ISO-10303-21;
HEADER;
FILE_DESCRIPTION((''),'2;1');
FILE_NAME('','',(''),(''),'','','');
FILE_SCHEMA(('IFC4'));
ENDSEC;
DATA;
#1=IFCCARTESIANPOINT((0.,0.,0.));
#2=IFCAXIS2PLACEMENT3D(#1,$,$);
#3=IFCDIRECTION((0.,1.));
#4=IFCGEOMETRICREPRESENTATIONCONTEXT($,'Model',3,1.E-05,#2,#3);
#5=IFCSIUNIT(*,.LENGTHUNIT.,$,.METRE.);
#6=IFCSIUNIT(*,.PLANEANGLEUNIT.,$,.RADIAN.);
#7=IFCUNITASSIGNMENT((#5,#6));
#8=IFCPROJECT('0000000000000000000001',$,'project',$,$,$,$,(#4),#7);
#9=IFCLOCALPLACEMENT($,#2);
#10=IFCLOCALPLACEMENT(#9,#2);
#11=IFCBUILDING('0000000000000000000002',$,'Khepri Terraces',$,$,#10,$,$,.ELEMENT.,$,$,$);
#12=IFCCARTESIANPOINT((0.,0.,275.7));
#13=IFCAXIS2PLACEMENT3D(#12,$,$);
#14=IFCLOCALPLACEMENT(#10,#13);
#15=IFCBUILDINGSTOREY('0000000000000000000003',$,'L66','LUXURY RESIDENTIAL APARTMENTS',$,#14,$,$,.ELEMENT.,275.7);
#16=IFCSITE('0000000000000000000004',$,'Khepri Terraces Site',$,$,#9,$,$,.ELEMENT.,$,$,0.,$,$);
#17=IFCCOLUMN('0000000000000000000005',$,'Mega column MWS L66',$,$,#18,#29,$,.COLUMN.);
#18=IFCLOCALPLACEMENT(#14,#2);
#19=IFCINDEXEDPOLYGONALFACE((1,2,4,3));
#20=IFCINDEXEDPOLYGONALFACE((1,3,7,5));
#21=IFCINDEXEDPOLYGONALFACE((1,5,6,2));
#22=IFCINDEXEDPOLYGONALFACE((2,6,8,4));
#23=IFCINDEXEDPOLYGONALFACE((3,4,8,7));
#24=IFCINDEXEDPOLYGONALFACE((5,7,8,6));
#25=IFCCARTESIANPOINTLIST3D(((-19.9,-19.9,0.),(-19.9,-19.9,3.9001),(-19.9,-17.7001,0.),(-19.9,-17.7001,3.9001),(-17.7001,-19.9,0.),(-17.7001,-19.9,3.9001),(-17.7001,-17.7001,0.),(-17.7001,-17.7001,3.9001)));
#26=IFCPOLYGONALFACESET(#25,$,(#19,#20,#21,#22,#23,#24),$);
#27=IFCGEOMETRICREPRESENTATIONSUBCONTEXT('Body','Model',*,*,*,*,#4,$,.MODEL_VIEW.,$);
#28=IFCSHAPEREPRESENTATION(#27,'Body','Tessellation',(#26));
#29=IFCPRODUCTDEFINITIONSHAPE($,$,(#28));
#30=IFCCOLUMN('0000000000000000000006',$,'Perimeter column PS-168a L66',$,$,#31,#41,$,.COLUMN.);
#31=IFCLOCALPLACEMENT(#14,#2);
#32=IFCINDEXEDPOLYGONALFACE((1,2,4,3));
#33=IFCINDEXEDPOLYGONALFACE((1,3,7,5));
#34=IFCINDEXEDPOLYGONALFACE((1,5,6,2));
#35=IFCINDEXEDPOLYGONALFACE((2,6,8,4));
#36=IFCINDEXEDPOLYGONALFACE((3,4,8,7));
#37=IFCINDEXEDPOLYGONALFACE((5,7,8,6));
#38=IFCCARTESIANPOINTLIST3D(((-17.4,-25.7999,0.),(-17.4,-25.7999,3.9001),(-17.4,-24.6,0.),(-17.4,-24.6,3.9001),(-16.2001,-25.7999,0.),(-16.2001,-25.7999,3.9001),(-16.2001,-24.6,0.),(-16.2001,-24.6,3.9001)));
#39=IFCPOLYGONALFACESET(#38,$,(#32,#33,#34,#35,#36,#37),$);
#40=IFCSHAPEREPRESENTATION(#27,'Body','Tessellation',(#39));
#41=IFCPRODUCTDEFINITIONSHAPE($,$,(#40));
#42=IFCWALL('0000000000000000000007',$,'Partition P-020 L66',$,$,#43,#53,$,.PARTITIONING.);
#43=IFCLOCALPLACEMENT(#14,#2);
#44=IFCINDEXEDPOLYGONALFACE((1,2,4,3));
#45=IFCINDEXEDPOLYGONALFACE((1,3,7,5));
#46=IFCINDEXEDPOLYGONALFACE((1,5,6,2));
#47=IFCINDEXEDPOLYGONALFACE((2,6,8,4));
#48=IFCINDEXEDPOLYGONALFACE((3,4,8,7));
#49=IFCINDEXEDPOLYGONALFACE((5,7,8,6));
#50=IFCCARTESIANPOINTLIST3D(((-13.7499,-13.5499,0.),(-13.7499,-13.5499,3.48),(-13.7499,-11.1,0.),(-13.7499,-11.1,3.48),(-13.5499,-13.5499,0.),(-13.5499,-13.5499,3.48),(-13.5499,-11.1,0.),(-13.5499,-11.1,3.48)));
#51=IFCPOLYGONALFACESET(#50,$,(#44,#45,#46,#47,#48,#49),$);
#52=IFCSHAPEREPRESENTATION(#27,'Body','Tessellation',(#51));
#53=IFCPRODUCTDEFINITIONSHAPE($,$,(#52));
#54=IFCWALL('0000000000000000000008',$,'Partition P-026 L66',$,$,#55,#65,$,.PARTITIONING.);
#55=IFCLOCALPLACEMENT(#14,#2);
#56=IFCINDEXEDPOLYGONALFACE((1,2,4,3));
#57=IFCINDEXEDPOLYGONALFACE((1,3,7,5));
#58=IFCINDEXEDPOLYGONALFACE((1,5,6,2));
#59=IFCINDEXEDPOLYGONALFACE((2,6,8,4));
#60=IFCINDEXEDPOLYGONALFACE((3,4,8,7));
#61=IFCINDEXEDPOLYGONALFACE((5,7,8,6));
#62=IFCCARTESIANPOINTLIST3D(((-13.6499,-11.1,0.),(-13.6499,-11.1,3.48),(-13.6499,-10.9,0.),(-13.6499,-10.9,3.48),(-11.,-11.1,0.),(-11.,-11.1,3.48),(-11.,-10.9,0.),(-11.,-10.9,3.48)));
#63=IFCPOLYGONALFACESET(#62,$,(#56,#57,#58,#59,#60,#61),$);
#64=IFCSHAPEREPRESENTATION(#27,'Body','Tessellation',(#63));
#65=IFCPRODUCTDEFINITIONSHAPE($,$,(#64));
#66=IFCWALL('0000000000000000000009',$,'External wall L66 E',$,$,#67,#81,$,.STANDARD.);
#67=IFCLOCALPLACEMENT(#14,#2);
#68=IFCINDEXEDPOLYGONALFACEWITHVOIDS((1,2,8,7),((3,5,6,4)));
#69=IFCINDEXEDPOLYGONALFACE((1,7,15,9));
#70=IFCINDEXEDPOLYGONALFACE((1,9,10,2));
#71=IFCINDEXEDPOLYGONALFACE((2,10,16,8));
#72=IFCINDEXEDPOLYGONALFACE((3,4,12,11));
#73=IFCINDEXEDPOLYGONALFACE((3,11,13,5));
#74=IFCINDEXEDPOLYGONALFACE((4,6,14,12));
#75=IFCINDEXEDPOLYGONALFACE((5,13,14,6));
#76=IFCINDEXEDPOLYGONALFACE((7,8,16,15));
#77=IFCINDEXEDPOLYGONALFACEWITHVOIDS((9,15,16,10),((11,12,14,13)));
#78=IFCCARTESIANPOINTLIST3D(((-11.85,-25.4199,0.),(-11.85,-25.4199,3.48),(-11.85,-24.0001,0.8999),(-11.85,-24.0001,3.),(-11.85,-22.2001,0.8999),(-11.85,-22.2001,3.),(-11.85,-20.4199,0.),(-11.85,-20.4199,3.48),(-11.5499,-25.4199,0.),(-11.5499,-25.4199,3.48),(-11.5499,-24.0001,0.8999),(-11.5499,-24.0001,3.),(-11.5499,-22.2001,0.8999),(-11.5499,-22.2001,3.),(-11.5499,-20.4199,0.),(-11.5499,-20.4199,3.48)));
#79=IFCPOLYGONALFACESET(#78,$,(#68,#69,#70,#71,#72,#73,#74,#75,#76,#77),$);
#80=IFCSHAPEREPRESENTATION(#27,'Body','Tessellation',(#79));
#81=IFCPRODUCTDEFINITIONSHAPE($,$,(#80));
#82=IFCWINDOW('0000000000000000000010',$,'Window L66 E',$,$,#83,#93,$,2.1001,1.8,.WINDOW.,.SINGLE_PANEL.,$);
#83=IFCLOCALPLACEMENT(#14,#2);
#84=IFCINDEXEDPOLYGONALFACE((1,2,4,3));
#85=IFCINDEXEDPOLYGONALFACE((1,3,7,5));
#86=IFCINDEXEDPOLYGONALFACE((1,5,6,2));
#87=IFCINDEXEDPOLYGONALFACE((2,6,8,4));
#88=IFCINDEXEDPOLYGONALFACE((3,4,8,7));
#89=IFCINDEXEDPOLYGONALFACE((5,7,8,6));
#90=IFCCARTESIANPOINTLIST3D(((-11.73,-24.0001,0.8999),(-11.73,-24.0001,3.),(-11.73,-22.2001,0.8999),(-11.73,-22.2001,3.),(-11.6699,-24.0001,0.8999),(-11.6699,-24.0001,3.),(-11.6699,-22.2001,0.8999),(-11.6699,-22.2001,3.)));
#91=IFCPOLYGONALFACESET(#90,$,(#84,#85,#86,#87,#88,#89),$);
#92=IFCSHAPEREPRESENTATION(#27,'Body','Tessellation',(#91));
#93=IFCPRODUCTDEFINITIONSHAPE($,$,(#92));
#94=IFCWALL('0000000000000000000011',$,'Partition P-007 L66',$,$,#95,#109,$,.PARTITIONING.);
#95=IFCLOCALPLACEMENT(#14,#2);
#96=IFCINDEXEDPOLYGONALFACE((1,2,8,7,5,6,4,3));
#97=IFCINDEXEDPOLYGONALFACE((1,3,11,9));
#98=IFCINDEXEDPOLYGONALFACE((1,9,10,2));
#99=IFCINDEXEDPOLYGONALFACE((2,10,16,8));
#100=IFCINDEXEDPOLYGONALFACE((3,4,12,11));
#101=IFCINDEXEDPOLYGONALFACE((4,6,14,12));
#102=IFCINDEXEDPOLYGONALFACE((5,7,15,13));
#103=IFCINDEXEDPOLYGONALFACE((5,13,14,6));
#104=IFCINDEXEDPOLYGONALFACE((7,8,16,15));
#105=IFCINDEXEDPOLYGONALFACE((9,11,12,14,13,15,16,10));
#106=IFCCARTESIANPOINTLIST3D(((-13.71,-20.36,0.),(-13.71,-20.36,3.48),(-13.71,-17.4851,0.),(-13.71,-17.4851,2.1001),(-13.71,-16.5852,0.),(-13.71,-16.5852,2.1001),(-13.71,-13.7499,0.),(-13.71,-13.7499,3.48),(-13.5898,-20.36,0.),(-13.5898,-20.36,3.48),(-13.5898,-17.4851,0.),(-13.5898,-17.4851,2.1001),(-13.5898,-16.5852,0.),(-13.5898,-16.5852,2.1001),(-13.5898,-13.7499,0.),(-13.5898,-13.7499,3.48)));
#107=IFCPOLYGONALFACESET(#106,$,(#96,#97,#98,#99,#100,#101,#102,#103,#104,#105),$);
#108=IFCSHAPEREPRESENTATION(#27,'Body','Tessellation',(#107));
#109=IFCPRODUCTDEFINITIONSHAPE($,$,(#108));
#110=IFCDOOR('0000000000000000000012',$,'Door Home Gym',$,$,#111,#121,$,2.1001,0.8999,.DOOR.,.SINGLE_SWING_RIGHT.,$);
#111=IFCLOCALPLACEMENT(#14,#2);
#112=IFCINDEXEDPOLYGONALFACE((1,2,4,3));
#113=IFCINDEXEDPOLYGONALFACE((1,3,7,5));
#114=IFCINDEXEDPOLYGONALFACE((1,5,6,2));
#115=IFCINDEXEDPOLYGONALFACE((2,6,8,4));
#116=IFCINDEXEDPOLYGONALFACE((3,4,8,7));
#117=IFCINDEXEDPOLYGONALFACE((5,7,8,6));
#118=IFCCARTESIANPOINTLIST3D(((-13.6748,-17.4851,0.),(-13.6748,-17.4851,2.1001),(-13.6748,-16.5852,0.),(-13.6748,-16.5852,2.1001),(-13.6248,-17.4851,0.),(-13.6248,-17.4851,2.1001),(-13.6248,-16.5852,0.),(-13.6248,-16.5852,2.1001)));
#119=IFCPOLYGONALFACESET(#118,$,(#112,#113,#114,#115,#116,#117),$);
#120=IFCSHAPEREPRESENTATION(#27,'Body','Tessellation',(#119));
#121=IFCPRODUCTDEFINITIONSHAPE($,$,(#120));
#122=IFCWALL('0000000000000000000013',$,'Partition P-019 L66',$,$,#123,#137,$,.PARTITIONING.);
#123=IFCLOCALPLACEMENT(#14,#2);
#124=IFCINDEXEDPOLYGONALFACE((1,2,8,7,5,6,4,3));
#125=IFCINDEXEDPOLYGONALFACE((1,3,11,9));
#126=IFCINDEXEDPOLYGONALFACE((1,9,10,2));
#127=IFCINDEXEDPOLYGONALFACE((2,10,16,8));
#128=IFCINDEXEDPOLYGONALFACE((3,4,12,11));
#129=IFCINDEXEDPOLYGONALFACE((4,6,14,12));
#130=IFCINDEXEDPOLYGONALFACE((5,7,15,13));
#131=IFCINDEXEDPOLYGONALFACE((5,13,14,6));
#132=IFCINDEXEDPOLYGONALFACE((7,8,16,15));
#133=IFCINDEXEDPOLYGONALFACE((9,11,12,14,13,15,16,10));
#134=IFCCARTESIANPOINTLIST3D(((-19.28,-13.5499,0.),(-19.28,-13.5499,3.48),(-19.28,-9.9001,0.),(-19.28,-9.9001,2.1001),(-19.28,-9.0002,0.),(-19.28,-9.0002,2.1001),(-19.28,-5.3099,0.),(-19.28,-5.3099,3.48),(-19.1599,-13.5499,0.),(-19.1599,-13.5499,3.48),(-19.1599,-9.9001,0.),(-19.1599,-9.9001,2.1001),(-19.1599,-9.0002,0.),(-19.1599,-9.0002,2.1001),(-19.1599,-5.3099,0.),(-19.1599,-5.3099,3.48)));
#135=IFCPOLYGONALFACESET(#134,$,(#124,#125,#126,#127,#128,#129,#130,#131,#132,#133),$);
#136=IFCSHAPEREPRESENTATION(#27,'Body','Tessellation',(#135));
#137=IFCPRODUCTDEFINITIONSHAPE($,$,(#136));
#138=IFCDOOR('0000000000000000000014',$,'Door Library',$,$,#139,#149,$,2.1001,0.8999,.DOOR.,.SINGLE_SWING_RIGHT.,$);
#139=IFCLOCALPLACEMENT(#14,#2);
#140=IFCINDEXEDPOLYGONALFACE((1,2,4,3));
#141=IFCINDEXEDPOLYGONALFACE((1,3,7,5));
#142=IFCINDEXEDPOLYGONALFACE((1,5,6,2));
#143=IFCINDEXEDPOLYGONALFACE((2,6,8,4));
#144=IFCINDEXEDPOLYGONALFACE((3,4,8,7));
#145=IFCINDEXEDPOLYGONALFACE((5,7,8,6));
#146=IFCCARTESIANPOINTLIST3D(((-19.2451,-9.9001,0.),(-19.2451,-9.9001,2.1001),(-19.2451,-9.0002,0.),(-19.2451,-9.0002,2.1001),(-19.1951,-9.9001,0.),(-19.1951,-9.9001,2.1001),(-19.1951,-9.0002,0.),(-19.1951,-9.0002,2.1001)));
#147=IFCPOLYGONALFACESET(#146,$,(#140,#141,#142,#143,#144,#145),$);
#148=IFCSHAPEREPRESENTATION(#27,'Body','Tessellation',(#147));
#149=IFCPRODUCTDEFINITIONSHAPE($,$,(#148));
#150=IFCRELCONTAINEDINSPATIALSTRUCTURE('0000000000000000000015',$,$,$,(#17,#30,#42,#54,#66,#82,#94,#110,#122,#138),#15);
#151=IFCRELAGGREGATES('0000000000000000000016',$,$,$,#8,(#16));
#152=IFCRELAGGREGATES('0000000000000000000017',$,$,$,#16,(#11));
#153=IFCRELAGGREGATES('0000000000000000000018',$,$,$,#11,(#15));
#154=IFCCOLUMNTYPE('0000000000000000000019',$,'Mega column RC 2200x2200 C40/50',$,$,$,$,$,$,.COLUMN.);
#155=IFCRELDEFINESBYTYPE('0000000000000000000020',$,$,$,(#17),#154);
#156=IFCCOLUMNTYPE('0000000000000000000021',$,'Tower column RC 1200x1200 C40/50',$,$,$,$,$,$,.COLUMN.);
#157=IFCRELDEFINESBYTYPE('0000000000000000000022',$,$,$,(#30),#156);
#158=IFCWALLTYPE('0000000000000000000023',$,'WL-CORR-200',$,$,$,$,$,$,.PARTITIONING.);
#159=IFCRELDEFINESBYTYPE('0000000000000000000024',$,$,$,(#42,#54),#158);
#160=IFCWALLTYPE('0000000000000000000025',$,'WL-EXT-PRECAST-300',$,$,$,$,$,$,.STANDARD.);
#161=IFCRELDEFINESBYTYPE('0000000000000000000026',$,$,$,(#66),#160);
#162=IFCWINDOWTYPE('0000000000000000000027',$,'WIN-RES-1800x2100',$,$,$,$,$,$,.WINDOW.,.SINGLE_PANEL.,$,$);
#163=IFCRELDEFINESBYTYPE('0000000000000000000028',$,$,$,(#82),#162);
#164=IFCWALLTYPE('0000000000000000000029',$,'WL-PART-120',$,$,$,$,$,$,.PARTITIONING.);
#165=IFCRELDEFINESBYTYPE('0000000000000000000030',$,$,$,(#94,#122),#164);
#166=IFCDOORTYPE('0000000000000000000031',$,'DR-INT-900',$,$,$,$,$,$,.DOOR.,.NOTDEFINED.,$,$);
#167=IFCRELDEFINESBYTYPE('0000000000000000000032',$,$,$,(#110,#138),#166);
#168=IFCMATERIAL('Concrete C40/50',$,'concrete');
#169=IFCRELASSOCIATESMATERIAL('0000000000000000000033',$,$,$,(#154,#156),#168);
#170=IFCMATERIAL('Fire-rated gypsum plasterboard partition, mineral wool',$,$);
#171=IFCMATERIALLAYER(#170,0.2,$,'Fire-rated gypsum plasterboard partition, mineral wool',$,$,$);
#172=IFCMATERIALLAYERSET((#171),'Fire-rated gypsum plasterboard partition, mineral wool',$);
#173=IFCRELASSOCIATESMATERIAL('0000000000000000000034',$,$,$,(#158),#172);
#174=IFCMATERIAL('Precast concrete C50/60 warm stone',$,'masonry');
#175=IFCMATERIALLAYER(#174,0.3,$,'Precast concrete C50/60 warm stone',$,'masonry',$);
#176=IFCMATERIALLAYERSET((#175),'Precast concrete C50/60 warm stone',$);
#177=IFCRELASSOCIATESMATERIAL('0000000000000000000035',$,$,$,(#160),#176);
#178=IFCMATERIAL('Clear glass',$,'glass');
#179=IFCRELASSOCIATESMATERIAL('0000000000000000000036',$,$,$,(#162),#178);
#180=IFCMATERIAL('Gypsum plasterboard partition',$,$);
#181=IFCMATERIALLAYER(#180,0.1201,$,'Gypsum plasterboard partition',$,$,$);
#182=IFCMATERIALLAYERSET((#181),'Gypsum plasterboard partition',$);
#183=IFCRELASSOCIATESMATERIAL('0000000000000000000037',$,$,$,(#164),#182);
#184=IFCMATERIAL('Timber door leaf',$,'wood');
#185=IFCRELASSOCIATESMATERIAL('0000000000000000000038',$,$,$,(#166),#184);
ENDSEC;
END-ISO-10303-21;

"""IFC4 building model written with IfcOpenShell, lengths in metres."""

from ifc_helpers import new_model, si_unit, direction, frame, frame_2d, origin, origin_2d, place, context, subcontext, project, spatial, rectangle, extrude, material, layer, layer_set, material_profile, profile_set, type_object, element, fill, save


model = new_model("IFC4")

# Units and contexts
model_context = context("Model", 3, precision=1e-05, world=origin(), true_north=direction((0.0, 1.0)))
body_context = subcontext(model_context, "Body", "Model", "MODEL_VIEW")
ifc_project = project(units=[si_unit("LENGTHUNIT", "METRE"), si_unit("PLANEANGLEUNIT", "RADIAN")], contexts=[model_context])

# Site, building, storey
site_placement = place(None, origin())
site = spatial("IfcSite", under=ifc_project, at=site_placement, Name="Khepri Terraces Site", CompositionType="ELEMENT", RefElevation=0.0)
building_placement = place(site_placement, origin())
building = spatial("IfcBuilding", under=site, at=building_placement, Name="Khepri Terraces", CompositionType="ELEMENT")
storey_placement = place(building_placement, frame((0.0, 0.0, 275.7)))
storey = spatial("IfcBuildingStorey", under=building, at=storey_placement, Name="L66", Description="LUXURY RESIDENTIAL APARTMENTS", CompositionType="ELEMENT", Elevation=275.7)

# Columns
ifc_material_1 = material(Name="Concrete C40/50", Category="concrete")
ifc_material_profile_1 = material_profile(ifc_material_1, rectangle(XDim=2.2, YDim=2.2, at=origin_2d()), Name="Concrete C40/50", Category="concrete")
ifc_profile_set_1 = profile_set([ifc_material_profile_1], Name="Concrete C40/50")
column_type_1 = type_object("IfcColumnType", Name="Mega column RC 2200x2200 C40/50", PredefinedType="COLUMN", material=ifc_profile_set_1)
column_1_placement = place(storey_placement, frame((-18.8, -18.8, 0.0), z_axis=(0.0, 0.0, 1.0), x_axis=(1.0, 0.0, 0.0)))
element("IfcColumn", 1, at=column_1_placement, inside=storey, type_object=column_type_1, Name="Mega column MWS L66", PredefinedType="COLUMN", context=body_context, shape_type="SweptSolid", body=[
    extrude(rectangle(XDim=2.2, YDim=2.2, at=origin_2d()), origin(), (0.0, 0.0, 1.0), 3.9001),
])
ifc_material_profile_2 = material_profile(ifc_material_1, rectangle(XDim=1.2, YDim=1.2, at=origin_2d()), Name="Concrete C40/50", Category="concrete")
ifc_profile_set_2 = profile_set([ifc_material_profile_2], Name="Concrete C40/50")
column_type_2 = type_object("IfcColumnType", Name="Tower column RC 1200x1200 C40/50", PredefinedType="COLUMN", material=ifc_profile_set_2)
column_2_placement = place(storey_placement, frame((-16.8, -25.2, 0.0), z_axis=(0.0, 0.0, 1.0), x_axis=(1.0, 0.0, 0.0)))
element("IfcColumn", 2, at=column_2_placement, inside=storey, type_object=column_type_2, Name="Perimeter column PS-168a L66", PredefinedType="COLUMN", context=body_context, shape_type="SweptSolid", body=[
    extrude(rectangle(XDim=1.2, YDim=1.2, at=origin_2d()), origin(), (0.0, 0.0, 1.0), 3.9001),
])

# Walls
ifc_material_2 = material(Name="Fire-rated gypsum plasterboard partition, mineral wool")
ifc_layer_1 = layer(ifc_material_2, 0.2, Name="Fire-rated gypsum plasterboard partition, mineral wool")
ifc_layer_set_1 = layer_set([ifc_layer_1], Name="Fire-rated gypsum plasterboard partition, mineral wool")
wall_type_1 = type_object("IfcWallType", Name="WL-CORR-200", PredefinedType="PARTITIONING", material=ifc_layer_set_1)
wall_1_placement = place(storey_placement, frame((-13.6499, -13.55, 0.0), z_axis=(0.0, 0.0, 1.0), x_axis=(0.0, 1.0, 0.0)))
element("IfcWall", 3, at=wall_1_placement, inside=storey, type_object=wall_type_1, Name="Partition P-020 L66", PredefinedType="PARTITIONING", context=body_context, shape_type="SweptSolid", body=[
    extrude(rectangle(XDim=2.45, YDim=0.2, at=frame_2d((1.2251, 0.0))), origin(), (0.0, 0.0, 1.0), 3.48),
])
wall_2_placement = place(storey_placement, frame((-13.6499, -11.0, 0.0), z_axis=(0.0, 0.0, 1.0), x_axis=(1.0, 0.0, 0.0)))
element("IfcWall", 4, at=wall_2_placement, inside=storey, type_object=wall_type_1, Name="Partition P-026 L66", PredefinedType="PARTITIONING", context=body_context, shape_type="SweptSolid", body=[
    extrude(rectangle(XDim=2.6499, YDim=0.2, at=frame_2d((1.325, 0.0))), origin(), (0.0, 0.0, 1.0), 3.48),
])

# Shared definitions
ifc_material_3 = material(Name="Precast concrete C50/60 warm stone", Category="masonry")
ifc_layer_2 = layer(ifc_material_3, 0.3, Name="Precast concrete C50/60 warm stone", Category="masonry")
ifc_layer_set_2 = layer_set([ifc_layer_2], Name="Precast concrete C50/60 warm stone")
wall_type_2 = type_object("IfcWallType", Name="WL-EXT-PRECAST-300", PredefinedType="STANDARD", material=ifc_layer_set_2)

# Wall, opening, window
wall_3_placement = place(storey_placement, frame((-11.7, -25.4199, 0.0), z_axis=(0.0, 0.0, 1.0), x_axis=(0.0, 1.0, 0.0)))
wall_3 = element("IfcWall", 5, at=wall_3_placement, inside=storey, type_object=wall_type_2, Name="External wall L66 E", PredefinedType="STANDARD", context=body_context, shape_type="SweptSolid", body=[
    extrude(rectangle(XDim=5.0, YDim=0.3, at=frame_2d((2.5, 0.0))), origin(), (0.0, 0.0, 1.0), 3.48),
])
opening_1_placement = place(wall_3_placement, frame((1.4199, 0.0, 0.8999)))
opening_1 = element("IfcOpeningElement", 6, at=opening_1_placement, cuts=wall_3, PredefinedType="OPENING", context=body_context, shape_type="SweptSolid", body=[
    extrude(rectangle(XDim=1.8, YDim=2.1001, at=frame_2d((0.8999, 1.05))), frame((0.0, 0.1602, 0.0), z_axis=(0.0, -1.0, 0.0), x_axis=(1.0, 0.0, 0.0)), (0.0, 0.0, 1.0), 0.3201),
])
ifc_material_4 = material(Name="Clear glass", Category="glass")
window_type = type_object("IfcWindowType", Name="WIN-RES-1800x2100", PartitioningType="SINGLE_PANEL", PredefinedType="WINDOW", material=ifc_material_4)
window_placement = place(opening_1_placement, origin())
window = element("IfcWindow", 7, at=window_placement, inside=storey, type_object=window_type, Name="Window L66 E", OverallHeight=2.1001, OverallWidth=1.8, PartitioningType="SINGLE_PANEL", PredefinedType="WINDOW", context=body_context, shape_type="SweptSolid", body=[
    extrude(rectangle(XDim=1.8, YDim=2.1001, at=frame_2d((0.8999, 1.05))), frame((0.0, 0.03, 0.0), z_axis=(0.0, -1.0, 0.0), x_axis=(1.0, 0.0, 0.0)), (0.0, 0.0, 1.0), 0.0601),
])
fill(opening_1, window)

# Walls, openings, doors
ifc_material_5 = material(Name="Gypsum plasterboard partition")
ifc_layer_3 = layer(ifc_material_5, 0.1201, Name="Gypsum plasterboard partition")
ifc_layer_set_3 = layer_set([ifc_layer_3], Name="Gypsum plasterboard partition")
wall_type_3 = type_object("IfcWallType", Name="WL-PART-120", PredefinedType="PARTITIONING", material=ifc_layer_set_3)
wall_4_placement = place(storey_placement, frame((-13.6499, -20.3601, 0.0), z_axis=(0.0, 0.0, 1.0), x_axis=(0.0, 1.0, 0.0)))
wall_4 = element("IfcWall", 8, at=wall_4_placement, inside=storey, type_object=wall_type_3, Name="Partition P-007 L66", PredefinedType="PARTITIONING", context=body_context, shape_type="SweptSolid", body=[
    extrude(rectangle(XDim=6.6101, YDim=0.1201, at=frame_2d((3.3052, 0.0))), origin(), (0.0, 0.0, 1.0), 3.48),
])
opening_2_placement = place(wall_4_placement, frame((2.875, 0.0, 0.0)))
opening_2 = element("IfcOpeningElement", 9, at=opening_2_placement, cuts=wall_4, PredefinedType="OPENING", context=body_context, shape_type="SweptSolid", body=[
    extrude(rectangle(XDim=0.8999, YDim=2.1001, at=frame_2d((0.45, 1.05))), frame((0.0, 0.0701, 0.0), z_axis=(0.0, -1.0, 0.0), x_axis=(1.0, 0.0, 0.0)), (0.0, 0.0, 1.0), 0.1401),
])
ifc_material_6 = material(Name="Timber door leaf", Category="wood")
door_type_1 = type_object("IfcDoorType", Name="DR-INT-900", OperationType="NOTDEFINED", PredefinedType="DOOR", material=ifc_material_6)
door_1_placement = place(opening_2_placement, origin())
door_1 = element("IfcDoor", 10, at=door_1_placement, inside=storey, type_object=door_type_1, Name="Door Home Gym", OperationType="SINGLE_SWING_RIGHT", OverallHeight=2.1001, OverallWidth=0.8999, PredefinedType="DOOR", context=body_context, shape_type="SweptSolid", body=[
    extrude(rectangle(XDim=0.8999, YDim=2.1001, at=frame_2d((0.45, 1.05))), frame((0.0, 0.0249, 0.0), z_axis=(0.0, -1.0, 0.0), x_axis=(1.0, 0.0, 0.0)), (0.0, 0.0, 1.0), 0.05),
])
fill(opening_2, door_1)
wall_5_placement = place(storey_placement, frame((-19.22, -13.55, 0.0), z_axis=(0.0, 0.0, 1.0), x_axis=(0.0, 1.0, 0.0)))
wall_5 = element("IfcWall", 11, at=wall_5_placement, inside=storey, type_object=wall_type_3, Name="Partition P-019 L66", PredefinedType="PARTITIONING", context=body_context, shape_type="SweptSolid", body=[
    extrude(rectangle(XDim=8.24, YDim=0.1201, at=frame_2d((4.1201, 0.0))), origin(), (0.0, 0.0, 1.0), 3.48),
])
opening_3_placement = place(wall_5_placement, frame((3.6499, 0.0, 0.0)))
opening_3 = element("IfcOpeningElement", 12, at=opening_3_placement, cuts=wall_5, PredefinedType="OPENING", context=body_context, shape_type="SweptSolid", body=[
    extrude(rectangle(XDim=0.8999, YDim=2.1001, at=frame_2d((0.45, 1.05))), frame((0.0, 0.0701, 0.0), z_axis=(0.0, -1.0, 0.0), x_axis=(1.0, 0.0, 0.0)), (0.0, 0.0, 1.0), 0.1401),
])
door_2_placement = place(opening_3_placement, frame((0.8999, 0.0, 0.0), z_axis=(0.0, 0.0, 1.0), x_axis=(-1.0, 0.0, 0.0)))
door_2 = element("IfcDoor", 13, at=door_2_placement, inside=storey, type_object=door_type_1, Name="Door Library", OperationType="SINGLE_SWING_RIGHT", OverallHeight=2.1001, OverallWidth=0.8999, PredefinedType="DOOR", context=body_context, shape_type="SweptSolid", body=[
    extrude(rectangle(XDim=0.8999, YDim=2.1001, at=frame_2d((0.45, 1.05))), frame((0.0, 0.0249, 0.0), z_axis=(0.0, -1.0, 0.0), x_axis=(1.0, 0.0, 0.0)), (0.0, 0.0, 1.0), 0.05),
])
fill(opening_3, door_2)

save(model, "model.ifc")
